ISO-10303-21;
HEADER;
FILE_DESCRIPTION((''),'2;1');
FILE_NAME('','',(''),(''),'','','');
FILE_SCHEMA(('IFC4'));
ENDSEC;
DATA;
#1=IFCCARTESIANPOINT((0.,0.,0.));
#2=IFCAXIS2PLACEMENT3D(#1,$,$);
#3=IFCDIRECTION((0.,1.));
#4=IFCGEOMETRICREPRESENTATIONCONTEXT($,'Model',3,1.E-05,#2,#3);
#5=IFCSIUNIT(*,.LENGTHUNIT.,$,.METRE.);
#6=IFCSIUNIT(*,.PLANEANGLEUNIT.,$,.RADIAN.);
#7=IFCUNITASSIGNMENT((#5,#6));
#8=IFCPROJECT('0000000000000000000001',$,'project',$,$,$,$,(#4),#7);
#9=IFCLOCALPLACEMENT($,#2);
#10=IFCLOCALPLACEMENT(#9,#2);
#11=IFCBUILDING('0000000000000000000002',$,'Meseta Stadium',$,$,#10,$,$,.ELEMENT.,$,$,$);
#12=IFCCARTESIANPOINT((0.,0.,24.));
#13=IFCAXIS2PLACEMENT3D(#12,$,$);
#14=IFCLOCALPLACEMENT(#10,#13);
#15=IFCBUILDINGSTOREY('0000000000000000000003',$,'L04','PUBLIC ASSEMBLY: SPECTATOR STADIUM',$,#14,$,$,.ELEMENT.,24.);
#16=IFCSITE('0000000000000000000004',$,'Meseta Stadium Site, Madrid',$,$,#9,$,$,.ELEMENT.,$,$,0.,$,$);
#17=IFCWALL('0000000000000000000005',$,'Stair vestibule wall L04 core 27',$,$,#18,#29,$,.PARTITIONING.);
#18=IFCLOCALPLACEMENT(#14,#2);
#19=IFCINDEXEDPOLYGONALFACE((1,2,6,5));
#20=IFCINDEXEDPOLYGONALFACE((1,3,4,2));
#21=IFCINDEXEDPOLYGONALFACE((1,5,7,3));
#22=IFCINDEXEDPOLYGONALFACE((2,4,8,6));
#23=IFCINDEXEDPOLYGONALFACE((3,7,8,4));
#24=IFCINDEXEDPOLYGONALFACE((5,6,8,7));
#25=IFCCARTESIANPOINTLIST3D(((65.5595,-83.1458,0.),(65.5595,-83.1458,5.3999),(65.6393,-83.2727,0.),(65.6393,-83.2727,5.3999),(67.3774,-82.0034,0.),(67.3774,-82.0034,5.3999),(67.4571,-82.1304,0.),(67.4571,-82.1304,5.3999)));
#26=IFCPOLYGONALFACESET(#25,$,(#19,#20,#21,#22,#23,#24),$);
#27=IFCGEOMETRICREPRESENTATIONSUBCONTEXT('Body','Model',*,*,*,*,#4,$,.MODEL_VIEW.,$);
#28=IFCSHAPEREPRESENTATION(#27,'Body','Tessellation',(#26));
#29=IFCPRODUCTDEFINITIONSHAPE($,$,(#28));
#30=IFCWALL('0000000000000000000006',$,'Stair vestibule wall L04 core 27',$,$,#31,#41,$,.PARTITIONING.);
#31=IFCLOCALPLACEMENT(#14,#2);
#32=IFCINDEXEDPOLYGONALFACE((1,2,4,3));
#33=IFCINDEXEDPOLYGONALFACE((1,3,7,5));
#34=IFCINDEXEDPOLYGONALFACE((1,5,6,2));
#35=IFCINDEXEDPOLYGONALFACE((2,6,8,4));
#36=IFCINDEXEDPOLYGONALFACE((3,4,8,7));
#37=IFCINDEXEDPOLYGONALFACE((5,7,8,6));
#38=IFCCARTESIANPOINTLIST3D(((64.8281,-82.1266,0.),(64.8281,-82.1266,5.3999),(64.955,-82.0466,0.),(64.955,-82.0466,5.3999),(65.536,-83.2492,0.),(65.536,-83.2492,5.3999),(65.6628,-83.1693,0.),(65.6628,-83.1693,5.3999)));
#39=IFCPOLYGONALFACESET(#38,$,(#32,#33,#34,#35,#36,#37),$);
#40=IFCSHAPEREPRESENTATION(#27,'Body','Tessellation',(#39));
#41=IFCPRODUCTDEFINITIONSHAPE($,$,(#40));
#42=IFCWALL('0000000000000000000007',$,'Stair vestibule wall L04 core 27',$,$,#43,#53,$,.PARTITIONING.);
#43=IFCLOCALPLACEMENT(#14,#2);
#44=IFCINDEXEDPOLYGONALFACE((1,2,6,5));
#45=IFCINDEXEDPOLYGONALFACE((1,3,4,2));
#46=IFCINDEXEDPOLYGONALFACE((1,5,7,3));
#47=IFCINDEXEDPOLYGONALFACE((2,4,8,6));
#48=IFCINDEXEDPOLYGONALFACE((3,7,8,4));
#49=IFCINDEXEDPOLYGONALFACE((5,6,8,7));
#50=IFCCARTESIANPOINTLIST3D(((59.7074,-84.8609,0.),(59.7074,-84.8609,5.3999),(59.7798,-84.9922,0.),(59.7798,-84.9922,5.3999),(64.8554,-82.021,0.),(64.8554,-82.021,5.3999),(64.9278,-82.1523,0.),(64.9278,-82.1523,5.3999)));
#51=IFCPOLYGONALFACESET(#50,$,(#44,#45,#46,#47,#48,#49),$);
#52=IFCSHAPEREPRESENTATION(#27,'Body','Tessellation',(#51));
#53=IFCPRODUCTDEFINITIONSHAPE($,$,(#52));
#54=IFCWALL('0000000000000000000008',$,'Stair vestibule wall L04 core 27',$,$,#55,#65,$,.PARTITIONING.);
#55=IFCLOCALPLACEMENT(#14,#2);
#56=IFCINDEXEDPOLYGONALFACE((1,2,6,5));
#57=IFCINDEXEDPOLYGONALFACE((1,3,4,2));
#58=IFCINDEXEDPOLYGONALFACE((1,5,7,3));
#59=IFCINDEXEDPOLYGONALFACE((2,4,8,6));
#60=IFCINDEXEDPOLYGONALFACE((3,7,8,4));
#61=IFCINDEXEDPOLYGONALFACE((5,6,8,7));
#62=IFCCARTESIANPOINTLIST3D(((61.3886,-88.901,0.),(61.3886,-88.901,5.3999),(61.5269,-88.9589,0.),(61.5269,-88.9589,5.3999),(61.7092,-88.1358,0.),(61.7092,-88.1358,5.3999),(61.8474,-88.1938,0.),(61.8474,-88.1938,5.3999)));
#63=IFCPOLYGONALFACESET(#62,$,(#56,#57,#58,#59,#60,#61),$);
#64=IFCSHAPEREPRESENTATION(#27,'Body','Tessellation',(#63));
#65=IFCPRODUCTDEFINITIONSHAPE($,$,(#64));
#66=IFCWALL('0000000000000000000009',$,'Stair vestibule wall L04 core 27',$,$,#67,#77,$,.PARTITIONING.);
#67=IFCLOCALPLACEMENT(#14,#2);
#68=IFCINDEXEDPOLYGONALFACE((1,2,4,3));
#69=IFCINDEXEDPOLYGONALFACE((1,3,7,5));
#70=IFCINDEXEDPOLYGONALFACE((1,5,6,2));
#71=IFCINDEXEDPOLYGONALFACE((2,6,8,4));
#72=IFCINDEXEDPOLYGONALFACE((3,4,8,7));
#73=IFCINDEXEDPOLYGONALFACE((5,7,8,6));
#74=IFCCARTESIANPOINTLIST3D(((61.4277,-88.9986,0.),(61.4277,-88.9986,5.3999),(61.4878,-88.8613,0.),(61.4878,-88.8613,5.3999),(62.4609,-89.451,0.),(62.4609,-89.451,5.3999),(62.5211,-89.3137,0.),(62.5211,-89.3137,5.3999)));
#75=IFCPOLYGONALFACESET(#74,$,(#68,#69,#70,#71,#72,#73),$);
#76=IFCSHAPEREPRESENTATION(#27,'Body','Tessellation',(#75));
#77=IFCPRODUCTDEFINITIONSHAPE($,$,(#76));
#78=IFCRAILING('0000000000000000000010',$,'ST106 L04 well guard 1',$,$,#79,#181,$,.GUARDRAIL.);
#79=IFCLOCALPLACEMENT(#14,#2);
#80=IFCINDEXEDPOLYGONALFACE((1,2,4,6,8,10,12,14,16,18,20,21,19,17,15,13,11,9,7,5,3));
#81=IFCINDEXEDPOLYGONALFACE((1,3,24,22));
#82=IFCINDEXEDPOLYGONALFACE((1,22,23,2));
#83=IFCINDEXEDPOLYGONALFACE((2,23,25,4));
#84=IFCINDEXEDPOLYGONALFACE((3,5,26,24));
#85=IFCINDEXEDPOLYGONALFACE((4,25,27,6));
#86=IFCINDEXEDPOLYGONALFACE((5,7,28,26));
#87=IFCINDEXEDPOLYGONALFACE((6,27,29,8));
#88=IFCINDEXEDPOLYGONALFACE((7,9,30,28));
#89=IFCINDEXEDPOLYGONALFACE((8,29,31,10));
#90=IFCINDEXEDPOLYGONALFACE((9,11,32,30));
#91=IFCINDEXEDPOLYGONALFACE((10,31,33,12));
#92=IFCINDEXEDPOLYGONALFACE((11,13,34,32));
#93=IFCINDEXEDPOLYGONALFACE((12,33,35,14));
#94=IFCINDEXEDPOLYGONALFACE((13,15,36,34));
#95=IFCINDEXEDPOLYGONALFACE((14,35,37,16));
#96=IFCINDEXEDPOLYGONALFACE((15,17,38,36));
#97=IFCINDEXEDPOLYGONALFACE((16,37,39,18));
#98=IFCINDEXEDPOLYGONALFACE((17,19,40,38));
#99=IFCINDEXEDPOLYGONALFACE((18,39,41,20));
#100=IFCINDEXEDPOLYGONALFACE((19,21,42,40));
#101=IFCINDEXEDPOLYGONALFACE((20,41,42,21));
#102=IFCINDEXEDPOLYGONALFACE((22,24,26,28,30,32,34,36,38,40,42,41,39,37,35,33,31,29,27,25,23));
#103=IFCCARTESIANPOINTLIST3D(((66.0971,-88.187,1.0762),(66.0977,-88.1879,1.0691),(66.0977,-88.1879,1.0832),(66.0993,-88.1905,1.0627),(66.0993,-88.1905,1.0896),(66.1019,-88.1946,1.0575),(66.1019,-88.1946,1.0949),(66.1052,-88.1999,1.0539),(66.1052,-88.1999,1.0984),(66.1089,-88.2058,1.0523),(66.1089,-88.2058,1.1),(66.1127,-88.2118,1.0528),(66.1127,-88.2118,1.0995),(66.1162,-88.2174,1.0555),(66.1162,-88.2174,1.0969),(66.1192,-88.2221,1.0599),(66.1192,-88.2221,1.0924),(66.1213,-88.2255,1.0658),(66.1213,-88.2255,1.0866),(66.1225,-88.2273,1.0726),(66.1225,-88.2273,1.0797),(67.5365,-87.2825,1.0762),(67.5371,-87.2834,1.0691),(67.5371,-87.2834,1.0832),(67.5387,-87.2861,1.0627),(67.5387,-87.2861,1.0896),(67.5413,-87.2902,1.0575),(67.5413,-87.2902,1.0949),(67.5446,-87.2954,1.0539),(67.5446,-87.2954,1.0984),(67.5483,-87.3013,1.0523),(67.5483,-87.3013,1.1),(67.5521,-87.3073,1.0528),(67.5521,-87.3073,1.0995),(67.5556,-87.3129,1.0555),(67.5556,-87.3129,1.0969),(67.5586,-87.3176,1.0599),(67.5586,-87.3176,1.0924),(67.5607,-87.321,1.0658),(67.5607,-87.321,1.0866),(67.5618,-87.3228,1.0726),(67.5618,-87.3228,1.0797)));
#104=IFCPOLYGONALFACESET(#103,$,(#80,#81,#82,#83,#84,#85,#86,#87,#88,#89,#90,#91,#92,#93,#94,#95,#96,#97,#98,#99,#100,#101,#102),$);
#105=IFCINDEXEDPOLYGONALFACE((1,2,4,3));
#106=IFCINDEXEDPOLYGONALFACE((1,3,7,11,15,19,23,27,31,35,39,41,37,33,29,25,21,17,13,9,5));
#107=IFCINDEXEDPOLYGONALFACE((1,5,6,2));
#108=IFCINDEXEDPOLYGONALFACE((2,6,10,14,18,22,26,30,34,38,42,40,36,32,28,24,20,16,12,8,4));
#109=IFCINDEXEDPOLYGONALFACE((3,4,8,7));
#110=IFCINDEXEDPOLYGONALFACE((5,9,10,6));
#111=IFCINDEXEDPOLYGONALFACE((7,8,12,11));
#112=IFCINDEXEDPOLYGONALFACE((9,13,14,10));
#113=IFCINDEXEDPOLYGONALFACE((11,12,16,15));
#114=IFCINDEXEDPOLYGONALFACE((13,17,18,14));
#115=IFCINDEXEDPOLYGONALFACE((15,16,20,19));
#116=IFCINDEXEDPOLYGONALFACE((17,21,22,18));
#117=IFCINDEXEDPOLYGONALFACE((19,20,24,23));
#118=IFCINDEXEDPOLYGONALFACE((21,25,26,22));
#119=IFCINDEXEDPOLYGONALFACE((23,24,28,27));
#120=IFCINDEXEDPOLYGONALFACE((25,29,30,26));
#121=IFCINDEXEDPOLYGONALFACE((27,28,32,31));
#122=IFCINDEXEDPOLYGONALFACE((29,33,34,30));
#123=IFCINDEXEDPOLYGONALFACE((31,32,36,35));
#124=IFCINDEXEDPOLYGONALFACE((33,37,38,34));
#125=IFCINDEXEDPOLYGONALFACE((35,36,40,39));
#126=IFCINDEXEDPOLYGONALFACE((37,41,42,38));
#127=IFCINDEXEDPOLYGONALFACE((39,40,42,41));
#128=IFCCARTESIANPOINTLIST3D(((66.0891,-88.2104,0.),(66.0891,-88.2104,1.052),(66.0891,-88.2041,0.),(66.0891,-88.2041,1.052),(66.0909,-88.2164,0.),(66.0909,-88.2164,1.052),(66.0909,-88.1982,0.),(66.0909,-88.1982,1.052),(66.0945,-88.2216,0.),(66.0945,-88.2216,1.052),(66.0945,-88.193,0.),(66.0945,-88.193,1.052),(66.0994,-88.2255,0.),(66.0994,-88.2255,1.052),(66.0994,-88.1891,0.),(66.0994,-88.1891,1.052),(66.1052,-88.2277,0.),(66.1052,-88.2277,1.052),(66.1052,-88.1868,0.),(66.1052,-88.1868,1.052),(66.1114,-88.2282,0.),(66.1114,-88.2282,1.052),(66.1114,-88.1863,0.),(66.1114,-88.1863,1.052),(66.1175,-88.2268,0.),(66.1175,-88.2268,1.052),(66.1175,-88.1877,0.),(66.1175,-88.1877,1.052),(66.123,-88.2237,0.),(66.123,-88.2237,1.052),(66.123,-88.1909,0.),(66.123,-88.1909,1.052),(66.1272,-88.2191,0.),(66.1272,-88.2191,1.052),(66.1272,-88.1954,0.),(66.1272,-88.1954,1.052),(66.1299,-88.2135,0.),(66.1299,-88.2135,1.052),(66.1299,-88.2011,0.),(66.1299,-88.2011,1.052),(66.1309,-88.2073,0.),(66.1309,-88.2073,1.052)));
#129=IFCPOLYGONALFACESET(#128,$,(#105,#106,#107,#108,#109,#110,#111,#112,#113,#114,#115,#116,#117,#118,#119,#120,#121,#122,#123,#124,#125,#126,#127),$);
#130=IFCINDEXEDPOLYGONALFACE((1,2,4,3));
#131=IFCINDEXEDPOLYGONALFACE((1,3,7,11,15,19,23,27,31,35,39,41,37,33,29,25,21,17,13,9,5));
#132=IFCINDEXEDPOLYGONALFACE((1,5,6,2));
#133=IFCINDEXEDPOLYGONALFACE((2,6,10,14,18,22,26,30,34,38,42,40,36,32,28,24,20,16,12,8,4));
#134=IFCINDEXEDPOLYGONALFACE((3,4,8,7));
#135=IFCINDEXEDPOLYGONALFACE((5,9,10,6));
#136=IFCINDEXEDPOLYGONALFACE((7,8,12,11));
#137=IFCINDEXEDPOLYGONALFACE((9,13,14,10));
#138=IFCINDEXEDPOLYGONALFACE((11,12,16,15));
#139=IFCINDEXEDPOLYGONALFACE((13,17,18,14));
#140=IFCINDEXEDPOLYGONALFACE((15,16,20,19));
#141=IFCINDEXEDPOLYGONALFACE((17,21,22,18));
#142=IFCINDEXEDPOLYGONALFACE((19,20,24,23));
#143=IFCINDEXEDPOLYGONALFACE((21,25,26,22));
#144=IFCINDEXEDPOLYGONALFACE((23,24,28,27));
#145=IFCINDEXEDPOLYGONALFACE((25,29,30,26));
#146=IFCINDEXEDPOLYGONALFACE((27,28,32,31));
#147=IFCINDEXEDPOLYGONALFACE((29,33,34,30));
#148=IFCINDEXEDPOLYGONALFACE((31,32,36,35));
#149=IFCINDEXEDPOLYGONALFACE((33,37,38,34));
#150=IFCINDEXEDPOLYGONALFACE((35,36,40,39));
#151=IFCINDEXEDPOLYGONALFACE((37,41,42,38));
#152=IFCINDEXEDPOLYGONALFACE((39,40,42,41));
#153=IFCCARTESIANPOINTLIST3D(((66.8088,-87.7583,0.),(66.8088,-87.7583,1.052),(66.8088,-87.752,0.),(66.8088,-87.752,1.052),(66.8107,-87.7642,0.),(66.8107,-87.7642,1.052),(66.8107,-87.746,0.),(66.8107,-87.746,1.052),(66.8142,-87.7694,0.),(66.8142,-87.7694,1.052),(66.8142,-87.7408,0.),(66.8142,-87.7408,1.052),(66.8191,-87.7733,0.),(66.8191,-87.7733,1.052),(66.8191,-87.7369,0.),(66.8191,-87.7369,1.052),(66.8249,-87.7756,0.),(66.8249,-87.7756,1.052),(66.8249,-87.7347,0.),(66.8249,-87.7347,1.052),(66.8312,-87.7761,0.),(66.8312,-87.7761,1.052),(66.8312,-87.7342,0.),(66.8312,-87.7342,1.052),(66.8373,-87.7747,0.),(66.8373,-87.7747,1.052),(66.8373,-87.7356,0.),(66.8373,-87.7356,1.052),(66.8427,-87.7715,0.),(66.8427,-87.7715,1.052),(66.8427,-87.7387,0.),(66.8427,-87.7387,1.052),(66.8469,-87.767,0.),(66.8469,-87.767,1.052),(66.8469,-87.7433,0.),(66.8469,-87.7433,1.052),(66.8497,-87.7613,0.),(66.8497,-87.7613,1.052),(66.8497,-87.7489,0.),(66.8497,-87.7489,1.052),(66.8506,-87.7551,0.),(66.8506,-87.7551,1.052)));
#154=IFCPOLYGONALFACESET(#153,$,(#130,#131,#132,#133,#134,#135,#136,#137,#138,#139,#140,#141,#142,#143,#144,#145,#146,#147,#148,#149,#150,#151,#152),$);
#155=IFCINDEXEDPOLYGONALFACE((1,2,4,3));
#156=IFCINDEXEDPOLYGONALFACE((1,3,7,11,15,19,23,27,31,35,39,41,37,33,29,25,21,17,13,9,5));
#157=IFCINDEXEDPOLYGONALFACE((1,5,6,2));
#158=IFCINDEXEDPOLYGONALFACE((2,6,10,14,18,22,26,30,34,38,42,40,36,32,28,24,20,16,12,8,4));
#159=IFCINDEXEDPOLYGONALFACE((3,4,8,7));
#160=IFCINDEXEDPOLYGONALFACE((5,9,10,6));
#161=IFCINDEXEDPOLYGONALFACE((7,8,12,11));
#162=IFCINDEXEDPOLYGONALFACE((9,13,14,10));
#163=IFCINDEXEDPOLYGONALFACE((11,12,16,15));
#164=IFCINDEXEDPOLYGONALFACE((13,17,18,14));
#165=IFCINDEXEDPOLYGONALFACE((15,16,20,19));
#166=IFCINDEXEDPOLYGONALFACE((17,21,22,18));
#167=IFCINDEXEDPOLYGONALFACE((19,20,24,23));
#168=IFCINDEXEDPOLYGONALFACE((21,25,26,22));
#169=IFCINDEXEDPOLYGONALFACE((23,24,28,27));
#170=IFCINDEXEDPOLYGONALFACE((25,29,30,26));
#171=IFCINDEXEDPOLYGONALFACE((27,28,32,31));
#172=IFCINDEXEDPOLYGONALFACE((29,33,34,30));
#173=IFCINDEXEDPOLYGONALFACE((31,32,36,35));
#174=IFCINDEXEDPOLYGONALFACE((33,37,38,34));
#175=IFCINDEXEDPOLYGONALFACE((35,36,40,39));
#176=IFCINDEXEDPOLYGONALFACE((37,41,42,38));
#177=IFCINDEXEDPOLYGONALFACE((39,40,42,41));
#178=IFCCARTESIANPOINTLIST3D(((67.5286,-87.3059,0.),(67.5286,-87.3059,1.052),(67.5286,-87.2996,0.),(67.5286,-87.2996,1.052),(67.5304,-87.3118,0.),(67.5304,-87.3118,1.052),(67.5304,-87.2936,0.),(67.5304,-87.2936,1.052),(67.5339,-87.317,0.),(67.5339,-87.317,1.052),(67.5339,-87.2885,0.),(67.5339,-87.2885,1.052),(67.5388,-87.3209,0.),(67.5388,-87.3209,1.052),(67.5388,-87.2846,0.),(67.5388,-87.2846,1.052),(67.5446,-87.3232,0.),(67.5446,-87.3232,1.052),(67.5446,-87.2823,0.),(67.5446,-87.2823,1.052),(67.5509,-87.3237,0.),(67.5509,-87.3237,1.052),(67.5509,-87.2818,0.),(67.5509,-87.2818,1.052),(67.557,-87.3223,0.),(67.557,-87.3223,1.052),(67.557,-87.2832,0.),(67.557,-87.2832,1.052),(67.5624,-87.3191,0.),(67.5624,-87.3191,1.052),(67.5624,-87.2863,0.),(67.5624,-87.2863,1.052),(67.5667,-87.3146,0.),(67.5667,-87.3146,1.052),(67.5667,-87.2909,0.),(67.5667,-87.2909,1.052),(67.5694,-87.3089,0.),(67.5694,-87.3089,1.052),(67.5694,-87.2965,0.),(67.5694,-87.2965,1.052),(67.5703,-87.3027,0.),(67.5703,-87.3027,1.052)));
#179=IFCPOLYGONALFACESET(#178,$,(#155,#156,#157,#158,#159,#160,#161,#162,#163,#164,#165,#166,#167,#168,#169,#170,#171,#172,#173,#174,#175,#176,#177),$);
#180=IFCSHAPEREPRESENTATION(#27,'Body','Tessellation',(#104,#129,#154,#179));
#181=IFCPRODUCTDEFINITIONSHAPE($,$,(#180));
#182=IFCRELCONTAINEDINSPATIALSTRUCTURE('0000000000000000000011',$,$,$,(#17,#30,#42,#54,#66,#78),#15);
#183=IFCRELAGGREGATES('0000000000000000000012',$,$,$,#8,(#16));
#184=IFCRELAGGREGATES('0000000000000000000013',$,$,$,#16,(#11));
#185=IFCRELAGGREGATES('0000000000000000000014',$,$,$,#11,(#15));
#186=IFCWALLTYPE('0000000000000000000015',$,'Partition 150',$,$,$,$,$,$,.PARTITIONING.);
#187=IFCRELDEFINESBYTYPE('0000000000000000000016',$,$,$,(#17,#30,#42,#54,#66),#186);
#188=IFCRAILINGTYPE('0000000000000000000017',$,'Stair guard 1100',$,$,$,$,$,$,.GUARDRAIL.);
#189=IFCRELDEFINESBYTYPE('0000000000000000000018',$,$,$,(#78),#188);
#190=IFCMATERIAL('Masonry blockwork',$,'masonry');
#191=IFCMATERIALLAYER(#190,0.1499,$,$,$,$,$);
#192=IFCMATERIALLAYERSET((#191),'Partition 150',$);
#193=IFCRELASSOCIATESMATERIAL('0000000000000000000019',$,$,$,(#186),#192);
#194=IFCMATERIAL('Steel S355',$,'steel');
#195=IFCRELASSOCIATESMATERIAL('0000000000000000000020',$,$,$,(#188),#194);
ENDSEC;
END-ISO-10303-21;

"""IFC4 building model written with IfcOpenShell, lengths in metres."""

from ifc_helpers import new_model, si_unit, direction, frame, frame_2d, origin, origin_2d, place, context, subcontext, project, spatial, rectangle, circle, extrude, material, layer, layer_set, type_object, element, save


model = new_model("IFC4")

# Units and contexts
model_context = context("Model", 3, precision=1e-05, world=origin(), true_north=direction((0.0, 1.0)))
body_context = subcontext(model_context, "Body", "Model", "MODEL_VIEW")
ifc_project = project(units=[si_unit("LENGTHUNIT", "METRE"), si_unit("PLANEANGLEUNIT", "RADIAN")], contexts=[model_context])

# Site, building, storey
site_placement = place(None, origin())
site = spatial("IfcSite", under=ifc_project, at=site_placement, Name="Meseta Stadium Site, Madrid", CompositionType="ELEMENT", RefElevation=0.0)
building_placement = place(site_placement, origin())
building = spatial("IfcBuilding", under=site, at=building_placement, Name="Meseta Stadium", CompositionType="ELEMENT")
storey_placement = place(building_placement, frame((0.0, 0.0, 24.0)))
storey = spatial("IfcBuildingStorey", under=building, at=storey_placement, Name="L04", Description="PUBLIC ASSEMBLY: SPECTATOR STADIUM", CompositionType="ELEMENT", Elevation=24.0)

# Walls
ifc_material_1 = material(Name="Masonry blockwork", Category="masonry")
ifc_layer_1 = layer(ifc_material_1, 0.1499)
ifc_layer_set_1 = layer_set([ifc_layer_1], Name="Partition 150")
wall_type_1 = type_object("IfcWallType", Name="Partition 150", PredefinedType="PARTITIONING", material=ifc_layer_set_1)
wall_1_placement = place(storey_placement, frame((67.4172, -82.0669, 0.0), z_axis=(0.0, 0.0, 1.0), x_axis=(-0.846705, -0.532062, 0.0)))
element("IfcWall", 1, at=wall_1_placement, inside=storey, type_object=wall_type_1, Name="Stair vestibule wall L04 core 27", PredefinedType="PARTITIONING", context=body_context, shape_type="SweptSolid", body=[
    extrude(rectangle(XDim=2.147, YDim=0.1499, at=frame_2d((1.0735, 0.0))), origin(), (0.0, 0.0, 1.0), 5.3999),
])
wall_2_placement = place(storey_placement, frame((65.5994, -83.2092, 0.0), z_axis=(0.0, 0.0, 1.0), x_axis=(-0.533335, 0.845904, 0.0)))
element("IfcWall", 2, at=wall_2_placement, inside=storey, type_object=wall_type_1, Name="Stair vestibule wall L04 core 27", PredefinedType="PARTITIONING", context=body_context, shape_type="SweptSolid", body=[
    extrude(rectangle(XDim=1.3271, YDim=0.1499, at=frame_2d((0.6636, 0.0))), origin(), (0.0, 0.0, 1.0), 5.3999),
])
wall_3_placement = place(storey_placement, frame((64.8916, -82.0867, 0.0), z_axis=(0.0, 0.0, 1.0), x_axis=(-0.875607, -0.483025, 0.0)))
element("IfcWall", 3, at=wall_3_placement, inside=storey, type_object=wall_type_1, Name="Stair vestibule wall L04 core 27", PredefinedType="PARTITIONING", context=body_context, shape_type="SweptSolid", body=[
    extrude(rectangle(XDim=5.8794, YDim=0.1499, at=frame_2d((2.9397, 0.0))), origin(), (0.0, 0.0, 1.0), 5.3999),
])
wall_4_placement = place(storey_placement, frame((61.7783, -88.1648, 0.0), z_axis=(0.0, 0.0, 1.0), x_axis=(-0.386412, -0.922326, 0.0)))
element("IfcWall", 4, at=wall_4_placement, inside=storey, type_object=wall_type_1, Name="Stair vestibule wall L04 core 27", PredefinedType="PARTITIONING", context=body_context, shape_type="SweptSolid", body=[
    extrude(rectangle(XDim=0.8296, YDim=0.1499, at=frame_2d((0.4148, 0.0))), origin(), (0.0, 0.0, 1.0), 5.3999),
])
wall_5_placement = place(storey_placement, frame((61.4578, -88.9299, 0.0), z_axis=(0.0, 0.0, 1.0), x_axis=(0.916038, -0.401091, 0.0)))
element("IfcWall", 5, at=wall_5_placement, inside=storey, type_object=wall_type_1, Name="Stair vestibule wall L04 core 27", PredefinedType="PARTITIONING", context=body_context, shape_type="SweptSolid", body=[
    extrude(rectangle(XDim=1.1279, YDim=0.1499, at=frame_2d((0.564, 0.0))), origin(), (0.0, 0.0, 1.0), 5.3999),
])

# Railing
ifc_material_2 = material(Name="Steel S355", Category="steel")
railing_type_1 = type_object("IfcRailingType", Name="Stair guard 1100", PredefinedType="GUARDRAIL", material=ifc_material_2)
railing_1_placement = place(storey_placement, frame((66.1099, -88.2073, 0.0)))
element("IfcRailing", 6, at=railing_1_placement, inside=storey, type_object=railing_type_1, Name="ST106 L04 well guard 1", PredefinedType="GUARDRAIL", context=body_context, shape_type="SweptSolid", body=[
    extrude(circle(Radius=0.0239, at=origin_2d()), frame((0.0, 0.0, 1.0762), z_axis=(0.846705, 0.532063, 0.0), x_axis=(-0.532063, 0.846705, 0.0)), (0.0, 0.0, 1.0), 1.7),
    extrude(circle(Radius=0.021, at=origin_2d()), origin(), (0.0, 0.0, 1.0), 1.052),
    extrude(circle(Radius=0.021, at=origin_2d()), frame((0.7197, 0.4521, 0.0)), (0.0, 0.0, 1.0), 1.052),
    extrude(circle(Radius=0.021, at=origin_2d()), frame((1.4395, 0.9045, 0.0)), (0.0, 0.0, 1.0), 1.052),
])

save(model, "model.ifc")
